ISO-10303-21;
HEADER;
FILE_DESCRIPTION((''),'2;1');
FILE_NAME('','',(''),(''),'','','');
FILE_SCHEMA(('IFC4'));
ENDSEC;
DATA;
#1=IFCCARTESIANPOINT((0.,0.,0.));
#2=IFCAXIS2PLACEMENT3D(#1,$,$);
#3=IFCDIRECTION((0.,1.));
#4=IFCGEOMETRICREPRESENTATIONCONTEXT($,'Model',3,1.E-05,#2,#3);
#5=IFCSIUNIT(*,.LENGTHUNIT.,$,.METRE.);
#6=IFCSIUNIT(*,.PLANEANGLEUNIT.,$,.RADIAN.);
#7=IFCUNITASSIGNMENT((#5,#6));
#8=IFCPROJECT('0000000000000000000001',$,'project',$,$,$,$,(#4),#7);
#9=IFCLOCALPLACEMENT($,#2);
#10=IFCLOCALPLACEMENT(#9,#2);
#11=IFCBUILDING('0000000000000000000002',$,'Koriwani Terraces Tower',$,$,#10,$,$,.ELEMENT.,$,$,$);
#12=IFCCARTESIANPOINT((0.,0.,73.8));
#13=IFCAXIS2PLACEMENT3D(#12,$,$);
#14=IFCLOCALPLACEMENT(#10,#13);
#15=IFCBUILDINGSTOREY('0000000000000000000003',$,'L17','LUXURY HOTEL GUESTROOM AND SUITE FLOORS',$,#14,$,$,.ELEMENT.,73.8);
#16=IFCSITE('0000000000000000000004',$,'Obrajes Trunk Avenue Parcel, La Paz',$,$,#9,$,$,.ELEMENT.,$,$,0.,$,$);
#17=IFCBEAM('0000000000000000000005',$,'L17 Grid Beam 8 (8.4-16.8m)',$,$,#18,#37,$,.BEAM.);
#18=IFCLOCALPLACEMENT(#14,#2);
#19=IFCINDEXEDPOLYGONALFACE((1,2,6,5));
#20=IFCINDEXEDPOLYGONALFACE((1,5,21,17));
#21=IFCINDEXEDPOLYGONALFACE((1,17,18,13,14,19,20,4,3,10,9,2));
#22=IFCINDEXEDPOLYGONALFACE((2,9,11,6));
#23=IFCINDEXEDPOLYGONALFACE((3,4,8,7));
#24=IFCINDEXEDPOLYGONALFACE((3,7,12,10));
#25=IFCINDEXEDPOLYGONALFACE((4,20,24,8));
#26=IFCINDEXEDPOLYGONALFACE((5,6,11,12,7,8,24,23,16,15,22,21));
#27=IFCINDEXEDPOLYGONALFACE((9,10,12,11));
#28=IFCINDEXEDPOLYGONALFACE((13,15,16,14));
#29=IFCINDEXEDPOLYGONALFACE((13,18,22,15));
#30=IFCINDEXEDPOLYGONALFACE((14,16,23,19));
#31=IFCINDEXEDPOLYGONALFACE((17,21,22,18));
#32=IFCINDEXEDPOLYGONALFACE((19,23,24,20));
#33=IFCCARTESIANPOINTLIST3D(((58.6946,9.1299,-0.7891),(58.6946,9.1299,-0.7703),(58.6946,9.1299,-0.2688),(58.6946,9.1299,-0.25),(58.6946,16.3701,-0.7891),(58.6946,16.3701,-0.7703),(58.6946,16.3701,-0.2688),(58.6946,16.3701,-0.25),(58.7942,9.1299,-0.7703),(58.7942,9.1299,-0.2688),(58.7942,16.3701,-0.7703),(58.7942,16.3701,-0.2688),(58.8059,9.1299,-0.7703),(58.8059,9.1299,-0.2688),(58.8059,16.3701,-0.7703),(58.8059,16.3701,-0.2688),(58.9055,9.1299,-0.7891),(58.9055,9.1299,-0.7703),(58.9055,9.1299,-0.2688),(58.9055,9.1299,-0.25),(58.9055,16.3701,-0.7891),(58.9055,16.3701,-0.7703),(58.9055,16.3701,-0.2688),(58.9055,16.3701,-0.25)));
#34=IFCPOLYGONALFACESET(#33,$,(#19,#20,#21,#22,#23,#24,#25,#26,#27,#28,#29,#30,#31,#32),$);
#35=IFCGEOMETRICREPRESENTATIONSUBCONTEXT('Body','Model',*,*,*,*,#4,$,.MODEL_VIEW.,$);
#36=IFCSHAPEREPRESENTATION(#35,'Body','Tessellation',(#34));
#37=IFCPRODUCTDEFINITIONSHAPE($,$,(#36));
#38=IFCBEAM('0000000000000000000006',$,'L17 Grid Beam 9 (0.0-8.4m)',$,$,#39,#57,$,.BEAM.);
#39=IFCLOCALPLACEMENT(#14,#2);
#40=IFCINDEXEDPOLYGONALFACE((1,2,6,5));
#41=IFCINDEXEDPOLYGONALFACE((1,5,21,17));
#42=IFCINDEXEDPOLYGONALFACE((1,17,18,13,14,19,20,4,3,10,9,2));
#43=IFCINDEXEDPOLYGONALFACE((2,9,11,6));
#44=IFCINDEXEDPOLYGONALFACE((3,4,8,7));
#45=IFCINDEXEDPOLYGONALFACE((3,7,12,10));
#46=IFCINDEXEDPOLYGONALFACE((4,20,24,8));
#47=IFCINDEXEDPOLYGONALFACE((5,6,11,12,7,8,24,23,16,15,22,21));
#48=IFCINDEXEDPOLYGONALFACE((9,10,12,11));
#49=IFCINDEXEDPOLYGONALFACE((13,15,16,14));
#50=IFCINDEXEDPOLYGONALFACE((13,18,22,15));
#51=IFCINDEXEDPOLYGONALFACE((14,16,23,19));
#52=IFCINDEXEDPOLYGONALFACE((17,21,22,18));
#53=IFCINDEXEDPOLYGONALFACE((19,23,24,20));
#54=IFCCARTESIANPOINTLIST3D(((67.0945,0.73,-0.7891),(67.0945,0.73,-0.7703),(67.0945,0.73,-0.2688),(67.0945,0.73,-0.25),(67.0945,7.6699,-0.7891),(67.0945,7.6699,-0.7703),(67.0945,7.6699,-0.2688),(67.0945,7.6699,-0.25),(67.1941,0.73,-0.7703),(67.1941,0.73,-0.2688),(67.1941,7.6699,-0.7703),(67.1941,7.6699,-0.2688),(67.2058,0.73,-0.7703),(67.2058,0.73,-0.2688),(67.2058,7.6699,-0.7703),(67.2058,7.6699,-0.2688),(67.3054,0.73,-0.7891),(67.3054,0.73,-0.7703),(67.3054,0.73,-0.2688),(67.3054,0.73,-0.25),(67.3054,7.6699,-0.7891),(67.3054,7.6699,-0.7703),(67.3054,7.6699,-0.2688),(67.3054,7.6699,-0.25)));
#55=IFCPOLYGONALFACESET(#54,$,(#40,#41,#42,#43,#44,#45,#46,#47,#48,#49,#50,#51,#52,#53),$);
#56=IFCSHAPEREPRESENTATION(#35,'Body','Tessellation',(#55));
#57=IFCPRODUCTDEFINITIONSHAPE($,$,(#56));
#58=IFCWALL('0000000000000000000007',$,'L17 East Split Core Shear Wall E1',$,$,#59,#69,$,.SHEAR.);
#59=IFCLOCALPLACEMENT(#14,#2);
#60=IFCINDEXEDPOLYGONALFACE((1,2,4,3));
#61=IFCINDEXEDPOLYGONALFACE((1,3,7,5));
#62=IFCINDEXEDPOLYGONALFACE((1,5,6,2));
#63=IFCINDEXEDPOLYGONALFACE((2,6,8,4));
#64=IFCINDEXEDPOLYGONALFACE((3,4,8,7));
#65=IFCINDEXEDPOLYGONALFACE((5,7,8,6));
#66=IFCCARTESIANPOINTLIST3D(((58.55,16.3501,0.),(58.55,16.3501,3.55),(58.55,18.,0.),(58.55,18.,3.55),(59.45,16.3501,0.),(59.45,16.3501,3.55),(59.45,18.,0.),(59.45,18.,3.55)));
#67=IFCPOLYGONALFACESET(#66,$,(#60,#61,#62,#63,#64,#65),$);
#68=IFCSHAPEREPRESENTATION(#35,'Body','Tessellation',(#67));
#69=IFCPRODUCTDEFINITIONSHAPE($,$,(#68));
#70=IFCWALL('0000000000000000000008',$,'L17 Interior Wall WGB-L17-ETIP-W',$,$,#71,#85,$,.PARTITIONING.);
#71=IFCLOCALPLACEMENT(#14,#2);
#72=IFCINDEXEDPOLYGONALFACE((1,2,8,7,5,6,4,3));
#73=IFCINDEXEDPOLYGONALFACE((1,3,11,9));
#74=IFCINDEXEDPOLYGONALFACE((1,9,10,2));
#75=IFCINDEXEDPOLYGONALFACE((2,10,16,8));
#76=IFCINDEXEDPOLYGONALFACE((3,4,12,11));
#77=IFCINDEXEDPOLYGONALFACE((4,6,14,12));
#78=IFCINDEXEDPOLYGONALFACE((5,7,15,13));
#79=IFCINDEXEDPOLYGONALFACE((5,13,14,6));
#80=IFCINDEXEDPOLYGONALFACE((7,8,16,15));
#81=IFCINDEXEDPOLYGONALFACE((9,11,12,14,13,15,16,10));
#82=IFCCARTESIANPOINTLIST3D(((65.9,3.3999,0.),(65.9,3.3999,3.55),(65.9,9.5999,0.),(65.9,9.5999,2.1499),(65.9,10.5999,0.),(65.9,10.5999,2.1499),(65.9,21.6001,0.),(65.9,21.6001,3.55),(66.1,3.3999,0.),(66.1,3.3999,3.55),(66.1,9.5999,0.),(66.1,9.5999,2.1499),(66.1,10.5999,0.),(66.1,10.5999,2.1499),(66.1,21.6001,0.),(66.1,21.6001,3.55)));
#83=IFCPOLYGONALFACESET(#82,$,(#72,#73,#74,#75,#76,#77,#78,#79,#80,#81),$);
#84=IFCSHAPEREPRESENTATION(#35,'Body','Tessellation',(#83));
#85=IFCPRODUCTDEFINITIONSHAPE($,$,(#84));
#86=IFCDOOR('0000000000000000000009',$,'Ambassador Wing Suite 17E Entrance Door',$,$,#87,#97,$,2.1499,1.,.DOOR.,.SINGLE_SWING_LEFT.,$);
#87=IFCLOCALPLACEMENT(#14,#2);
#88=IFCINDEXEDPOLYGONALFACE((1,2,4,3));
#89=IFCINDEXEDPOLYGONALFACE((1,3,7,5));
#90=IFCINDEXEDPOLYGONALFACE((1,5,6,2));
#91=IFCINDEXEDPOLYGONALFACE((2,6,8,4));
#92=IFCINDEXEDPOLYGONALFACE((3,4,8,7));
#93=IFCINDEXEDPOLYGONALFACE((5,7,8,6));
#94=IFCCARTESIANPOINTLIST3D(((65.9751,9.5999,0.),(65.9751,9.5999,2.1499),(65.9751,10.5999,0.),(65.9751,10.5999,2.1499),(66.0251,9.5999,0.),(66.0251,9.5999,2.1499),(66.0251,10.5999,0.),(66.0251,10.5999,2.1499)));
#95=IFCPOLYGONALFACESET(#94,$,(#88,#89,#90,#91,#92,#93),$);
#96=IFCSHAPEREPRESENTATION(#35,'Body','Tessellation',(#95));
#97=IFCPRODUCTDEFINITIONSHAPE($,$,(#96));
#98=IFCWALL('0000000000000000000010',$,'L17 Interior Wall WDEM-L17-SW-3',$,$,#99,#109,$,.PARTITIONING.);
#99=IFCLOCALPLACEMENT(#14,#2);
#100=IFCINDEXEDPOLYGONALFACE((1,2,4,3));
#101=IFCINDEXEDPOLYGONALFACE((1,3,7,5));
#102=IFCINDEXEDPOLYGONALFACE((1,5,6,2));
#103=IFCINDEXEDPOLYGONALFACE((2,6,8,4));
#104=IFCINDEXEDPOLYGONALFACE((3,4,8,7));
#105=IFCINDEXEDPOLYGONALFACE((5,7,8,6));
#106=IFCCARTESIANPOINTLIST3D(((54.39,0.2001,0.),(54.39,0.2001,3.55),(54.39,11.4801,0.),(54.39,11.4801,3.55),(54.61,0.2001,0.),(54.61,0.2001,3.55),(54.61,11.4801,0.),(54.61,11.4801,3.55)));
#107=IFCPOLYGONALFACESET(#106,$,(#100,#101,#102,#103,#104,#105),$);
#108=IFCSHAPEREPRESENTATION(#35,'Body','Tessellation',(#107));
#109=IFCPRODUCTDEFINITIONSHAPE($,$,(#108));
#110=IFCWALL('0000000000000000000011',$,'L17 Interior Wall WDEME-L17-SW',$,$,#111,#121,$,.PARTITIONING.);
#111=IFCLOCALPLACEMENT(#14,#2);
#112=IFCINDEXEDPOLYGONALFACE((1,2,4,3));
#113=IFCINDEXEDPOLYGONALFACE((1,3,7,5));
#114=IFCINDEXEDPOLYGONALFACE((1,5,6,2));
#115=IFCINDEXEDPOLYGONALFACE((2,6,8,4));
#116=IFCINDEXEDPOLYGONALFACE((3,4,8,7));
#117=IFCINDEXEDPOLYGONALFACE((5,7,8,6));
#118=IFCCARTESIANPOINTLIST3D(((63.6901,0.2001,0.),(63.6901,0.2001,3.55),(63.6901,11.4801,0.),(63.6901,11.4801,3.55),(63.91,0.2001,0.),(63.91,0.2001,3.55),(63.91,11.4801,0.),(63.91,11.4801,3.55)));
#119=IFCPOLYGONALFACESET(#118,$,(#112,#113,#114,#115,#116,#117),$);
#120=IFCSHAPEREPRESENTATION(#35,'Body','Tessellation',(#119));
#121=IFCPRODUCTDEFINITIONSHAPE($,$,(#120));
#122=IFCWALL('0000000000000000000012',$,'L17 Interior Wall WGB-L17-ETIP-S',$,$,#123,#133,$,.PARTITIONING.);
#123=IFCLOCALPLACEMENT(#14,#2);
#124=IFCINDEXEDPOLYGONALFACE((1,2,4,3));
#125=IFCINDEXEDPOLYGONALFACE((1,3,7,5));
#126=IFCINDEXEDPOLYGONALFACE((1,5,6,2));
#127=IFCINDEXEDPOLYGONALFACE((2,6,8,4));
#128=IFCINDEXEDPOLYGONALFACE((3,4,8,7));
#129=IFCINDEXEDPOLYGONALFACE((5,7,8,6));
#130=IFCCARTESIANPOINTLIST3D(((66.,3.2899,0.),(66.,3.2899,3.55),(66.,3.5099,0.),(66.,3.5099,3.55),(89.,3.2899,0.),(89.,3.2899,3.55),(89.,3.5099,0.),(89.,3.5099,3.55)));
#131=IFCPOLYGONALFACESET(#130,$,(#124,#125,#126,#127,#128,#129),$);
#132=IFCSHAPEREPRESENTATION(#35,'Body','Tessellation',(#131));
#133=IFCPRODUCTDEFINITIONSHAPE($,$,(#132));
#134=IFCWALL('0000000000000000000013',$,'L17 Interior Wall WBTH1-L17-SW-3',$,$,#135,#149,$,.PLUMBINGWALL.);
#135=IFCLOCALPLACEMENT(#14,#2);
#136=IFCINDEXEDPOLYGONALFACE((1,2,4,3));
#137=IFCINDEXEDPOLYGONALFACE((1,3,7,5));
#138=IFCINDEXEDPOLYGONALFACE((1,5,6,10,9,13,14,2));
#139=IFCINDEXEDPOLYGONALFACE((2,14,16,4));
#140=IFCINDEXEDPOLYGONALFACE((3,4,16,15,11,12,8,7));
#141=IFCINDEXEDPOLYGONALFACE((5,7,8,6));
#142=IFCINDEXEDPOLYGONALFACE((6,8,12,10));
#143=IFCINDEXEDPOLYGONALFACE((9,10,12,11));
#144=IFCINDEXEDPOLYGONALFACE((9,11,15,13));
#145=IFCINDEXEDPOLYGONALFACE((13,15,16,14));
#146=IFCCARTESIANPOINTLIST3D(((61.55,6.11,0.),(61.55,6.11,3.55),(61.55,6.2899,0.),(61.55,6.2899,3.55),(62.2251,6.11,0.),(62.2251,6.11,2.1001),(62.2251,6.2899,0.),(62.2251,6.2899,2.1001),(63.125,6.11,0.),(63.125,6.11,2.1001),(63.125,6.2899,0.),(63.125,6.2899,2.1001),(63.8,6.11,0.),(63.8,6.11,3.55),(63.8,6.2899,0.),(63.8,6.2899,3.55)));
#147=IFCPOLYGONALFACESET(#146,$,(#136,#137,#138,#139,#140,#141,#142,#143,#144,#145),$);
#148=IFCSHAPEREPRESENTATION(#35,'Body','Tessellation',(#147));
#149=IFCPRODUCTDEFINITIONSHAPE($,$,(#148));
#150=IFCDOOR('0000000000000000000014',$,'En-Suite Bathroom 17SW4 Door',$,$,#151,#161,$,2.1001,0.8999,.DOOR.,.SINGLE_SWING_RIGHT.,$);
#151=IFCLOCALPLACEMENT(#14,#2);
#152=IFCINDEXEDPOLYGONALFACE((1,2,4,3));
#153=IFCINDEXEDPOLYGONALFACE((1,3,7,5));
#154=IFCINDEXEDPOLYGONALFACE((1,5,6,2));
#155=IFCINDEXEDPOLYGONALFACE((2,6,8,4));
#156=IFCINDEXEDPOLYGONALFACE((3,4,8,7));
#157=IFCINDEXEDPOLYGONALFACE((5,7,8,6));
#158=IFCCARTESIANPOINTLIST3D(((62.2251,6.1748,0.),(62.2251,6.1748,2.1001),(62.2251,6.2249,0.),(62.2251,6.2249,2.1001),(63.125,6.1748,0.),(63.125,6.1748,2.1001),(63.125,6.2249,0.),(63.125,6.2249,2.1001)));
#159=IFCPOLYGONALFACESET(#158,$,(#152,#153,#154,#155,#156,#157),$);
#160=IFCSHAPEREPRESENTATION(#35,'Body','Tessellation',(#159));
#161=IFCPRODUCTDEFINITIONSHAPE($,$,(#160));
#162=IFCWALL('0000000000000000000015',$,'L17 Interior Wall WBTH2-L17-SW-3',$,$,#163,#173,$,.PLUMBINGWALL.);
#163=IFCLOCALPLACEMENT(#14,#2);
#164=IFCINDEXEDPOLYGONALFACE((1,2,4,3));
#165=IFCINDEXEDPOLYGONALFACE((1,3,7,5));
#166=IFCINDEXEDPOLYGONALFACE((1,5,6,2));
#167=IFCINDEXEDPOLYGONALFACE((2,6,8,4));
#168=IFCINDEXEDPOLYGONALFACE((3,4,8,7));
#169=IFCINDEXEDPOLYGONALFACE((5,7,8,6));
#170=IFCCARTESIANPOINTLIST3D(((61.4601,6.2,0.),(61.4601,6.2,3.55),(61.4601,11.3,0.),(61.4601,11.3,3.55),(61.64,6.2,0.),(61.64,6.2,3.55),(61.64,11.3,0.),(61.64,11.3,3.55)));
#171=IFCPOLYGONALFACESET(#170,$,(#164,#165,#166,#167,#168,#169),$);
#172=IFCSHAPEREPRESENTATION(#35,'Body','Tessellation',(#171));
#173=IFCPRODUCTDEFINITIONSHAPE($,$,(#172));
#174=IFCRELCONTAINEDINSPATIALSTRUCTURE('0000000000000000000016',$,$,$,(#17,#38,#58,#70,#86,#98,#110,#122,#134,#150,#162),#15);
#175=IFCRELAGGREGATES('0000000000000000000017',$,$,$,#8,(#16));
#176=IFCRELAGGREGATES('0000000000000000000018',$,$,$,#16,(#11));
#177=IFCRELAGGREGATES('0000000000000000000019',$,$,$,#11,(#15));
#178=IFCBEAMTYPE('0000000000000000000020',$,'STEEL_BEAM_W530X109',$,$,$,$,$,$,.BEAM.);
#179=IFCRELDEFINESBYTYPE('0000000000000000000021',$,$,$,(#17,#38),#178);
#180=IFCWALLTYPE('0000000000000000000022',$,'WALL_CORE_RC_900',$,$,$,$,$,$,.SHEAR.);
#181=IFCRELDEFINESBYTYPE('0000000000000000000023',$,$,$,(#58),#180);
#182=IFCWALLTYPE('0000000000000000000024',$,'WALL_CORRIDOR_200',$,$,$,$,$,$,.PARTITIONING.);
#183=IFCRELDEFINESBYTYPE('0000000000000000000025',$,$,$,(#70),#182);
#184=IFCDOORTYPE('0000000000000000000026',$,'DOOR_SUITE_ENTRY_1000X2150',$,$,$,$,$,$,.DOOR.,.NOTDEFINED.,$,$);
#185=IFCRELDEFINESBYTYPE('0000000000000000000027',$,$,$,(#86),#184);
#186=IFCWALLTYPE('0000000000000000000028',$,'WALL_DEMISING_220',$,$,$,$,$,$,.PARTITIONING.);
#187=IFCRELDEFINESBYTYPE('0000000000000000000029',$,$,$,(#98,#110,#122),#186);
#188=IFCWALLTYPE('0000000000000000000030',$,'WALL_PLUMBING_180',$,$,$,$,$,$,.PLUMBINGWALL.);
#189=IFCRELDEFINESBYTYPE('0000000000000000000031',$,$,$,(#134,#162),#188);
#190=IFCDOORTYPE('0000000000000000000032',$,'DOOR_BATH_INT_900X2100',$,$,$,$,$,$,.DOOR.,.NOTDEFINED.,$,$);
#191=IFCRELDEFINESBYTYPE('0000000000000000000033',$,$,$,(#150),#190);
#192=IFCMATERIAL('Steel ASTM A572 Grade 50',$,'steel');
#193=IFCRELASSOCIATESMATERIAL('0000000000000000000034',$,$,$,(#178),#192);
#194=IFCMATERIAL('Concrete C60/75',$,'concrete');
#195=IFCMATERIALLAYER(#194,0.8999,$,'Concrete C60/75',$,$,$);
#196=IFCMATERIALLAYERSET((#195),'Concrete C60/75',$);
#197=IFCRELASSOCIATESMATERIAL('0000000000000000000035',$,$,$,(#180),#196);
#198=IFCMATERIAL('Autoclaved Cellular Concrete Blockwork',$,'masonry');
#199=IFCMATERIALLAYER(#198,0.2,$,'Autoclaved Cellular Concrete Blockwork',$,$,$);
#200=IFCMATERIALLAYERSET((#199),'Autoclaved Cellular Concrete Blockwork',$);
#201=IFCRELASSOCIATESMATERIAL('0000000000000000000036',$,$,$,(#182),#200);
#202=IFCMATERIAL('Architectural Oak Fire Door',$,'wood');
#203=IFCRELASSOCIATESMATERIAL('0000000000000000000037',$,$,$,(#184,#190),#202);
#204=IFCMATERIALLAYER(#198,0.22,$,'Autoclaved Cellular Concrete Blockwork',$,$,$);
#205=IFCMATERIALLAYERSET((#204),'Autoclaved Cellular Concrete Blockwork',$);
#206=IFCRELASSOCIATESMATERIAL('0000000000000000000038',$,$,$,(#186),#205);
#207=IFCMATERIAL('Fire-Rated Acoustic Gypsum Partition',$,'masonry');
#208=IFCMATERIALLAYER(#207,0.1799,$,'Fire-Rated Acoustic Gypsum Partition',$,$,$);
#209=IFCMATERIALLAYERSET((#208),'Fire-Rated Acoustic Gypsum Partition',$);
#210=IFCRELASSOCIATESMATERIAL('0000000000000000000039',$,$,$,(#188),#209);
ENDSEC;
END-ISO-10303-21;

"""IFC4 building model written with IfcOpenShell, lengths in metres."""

from ifc_helpers import new_model, si_unit, direction, frame, frame_2d, origin, origin_2d, place, context, subcontext, project, spatial, rectangle, i_section, extrude, material, layer, layer_set, material_profile, profile_set, type_object, element, fill, save


model = new_model("IFC4")

# Units and contexts
model_context = context("Model", 3, precision=1e-05, world=origin(), true_north=direction((0.0, 1.0)))
body_context = subcontext(model_context, "Body", "Model", "MODEL_VIEW")
ifc_project = project(units=[si_unit("LENGTHUNIT", "METRE"), si_unit("PLANEANGLEUNIT", "RADIAN")], contexts=[model_context])

# Site, building, storey
site_placement = place(None, origin())
site = spatial("IfcSite", under=ifc_project, at=site_placement, Name="Obrajes Trunk Avenue Parcel, La Paz", CompositionType="ELEMENT", RefElevation=0.0)
building_placement = place(site_placement, origin())
building = spatial("IfcBuilding", under=site, at=building_placement, Name="Koriwani Terraces Tower", CompositionType="ELEMENT")
storey_placement = place(building_placement, frame((0.0, 0.0, 73.8)))
storey = spatial("IfcBuildingStorey", under=building, at=storey_placement, Name="L17", Description="LUXURY HOTEL GUESTROOM AND SUITE FLOORS", CompositionType="ELEMENT", Elevation=73.8)

# Shared definitions
ifc_material_1 = material(Name="Concrete C60/75", Category="concrete")

# Beams
ifc_material_2 = material(Name="Steel ASTM A572 Grade 50", Category="steel")
ifc_material_profile_1 = material_profile(ifc_material_2, i_section(OverallWidth=0.2109, OverallDepth=0.5391, WebThickness=0.0117, FlangeThickness=0.0188, at=origin_2d()), Name="Steel ASTM A572 Grade 50", Category="LoadBearing")
ifc_profile_set_1 = profile_set([ifc_material_profile_1], Name="Steel ASTM A572 Grade 50")
beam_type_1 = type_object("IfcBeamType", Name="STEEL_BEAM_W530X109", PredefinedType="BEAM", material=ifc_profile_set_1)
beam_1_placement = place(storey_placement, frame((58.8, 9.1299, -0.5195), z_axis=(0.0, 1.0, 0.0), x_axis=(-1.0, 0.0, 0.0)))
element("IfcBeam", 1, at=beam_1_placement, inside=storey, type_object=beam_type_1, Name="L17 Grid Beam 8 (8.4-16.8m)", PredefinedType="BEAM", context=body_context, shape_type="SweptSolid", body=[
    extrude(i_section(OverallWidth=0.2109, OverallDepth=0.5391, WebThickness=0.0117, FlangeThickness=0.0188, at=origin_2d()), origin(), (0.0, 0.0, 1.0), 7.2402),
])
beam_2_placement = place(storey_placement, frame((67.2, 0.73, -0.5195), z_axis=(0.0, 1.0, 0.0), x_axis=(-1.0, 0.0, 0.0)))
element("IfcBeam", 2, at=beam_2_placement, inside=storey, type_object=beam_type_1, Name="L17 Grid Beam 9 (0.0-8.4m)", PredefinedType="BEAM", context=body_context, shape_type="SweptSolid", body=[
    extrude(i_section(OverallWidth=0.2109, OverallDepth=0.5391, WebThickness=0.0117, FlangeThickness=0.0188, at=origin_2d()), origin(), (0.0, 0.0, 1.0), 6.9399),
])

# Wall
ifc_layer_1 = layer(ifc_material_1, 0.8999, Name="Concrete C60/75")
ifc_layer_set_1 = layer_set([ifc_layer_1], Name="Concrete C60/75")
wall_type_1 = type_object("IfcWallType", Name="WALL_CORE_RC_900", PredefinedType="SHEAR", material=ifc_layer_set_1)
wall_1_placement = place(storey_placement, frame((59.0, 16.3501, 0.0), z_axis=(0.0, 0.0, 1.0), x_axis=(0.0, 1.0, 0.0)))
element("IfcWall", 3, at=wall_1_placement, inside=storey, type_object=wall_type_1, Name="L17 East Split Core Shear Wall E1", PredefinedType="SHEAR", context=body_context, shape_type="SweptSolid", body=[
    extrude(rectangle(XDim=1.6499, YDim=0.8999, at=frame_2d((0.825, 0.0))), origin(), (0.0, 0.0, 1.0), 3.55),
])

# Wall, opening, door
ifc_material_3 = material(Name="Autoclaved Cellular Concrete Blockwork", Category="masonry")
ifc_layer_2 = layer(ifc_material_3, 0.2, Name="Autoclaved Cellular Concrete Blockwork")
ifc_layer_set_2 = layer_set([ifc_layer_2], Name="Autoclaved Cellular Concrete Blockwork")
wall_type_2 = type_object("IfcWallType", Name="WALL_CORRIDOR_200", PredefinedType="PARTITIONING", material=ifc_layer_set_2)
wall_2_placement = place(storey_placement, frame((66.0, 3.3999, 0.0), z_axis=(0.0, 0.0, 1.0), x_axis=(0.0, 1.0, 0.0)))
wall_2 = element("IfcWall", 4, at=wall_2_placement, inside=storey, type_object=wall_type_2, Name="L17 Interior Wall WGB-L17-ETIP-W", PredefinedType="PARTITIONING", context=body_context, shape_type="SweptSolid", body=[
    extrude(rectangle(XDim=18.2002, YDim=0.2, at=frame_2d((9.1001, 0.0))), origin(), (0.0, 0.0, 1.0), 3.55),
])
opening_1_placement = place(wall_2_placement, frame((6.2, 0.0, 0.0)))
opening_1 = element("IfcOpeningElement", 5, at=opening_1_placement, cuts=wall_2, PredefinedType="OPENING", context=body_context, shape_type="SweptSolid", body=[
    extrude(rectangle(XDim=1.0, YDim=2.1499, at=frame_2d((0.5, 1.075))), frame((0.0, 0.1099, 0.0), z_axis=(0.0, -1.0, 0.0), x_axis=(1.0, 0.0, 0.0)), (0.0, 0.0, 1.0), 0.22),
])
ifc_material_4 = material(Name="Architectural Oak Fire Door", Category="wood")
door_type_1 = type_object("IfcDoorType", Name="DOOR_SUITE_ENTRY_1000X2150", OperationType="NOTDEFINED", PredefinedType="DOOR", material=ifc_material_4)
door_1_placement = place(opening_1_placement, origin())
door_1 = element("IfcDoor", 6, at=door_1_placement, inside=storey, type_object=door_type_1, Name="Ambassador Wing Suite 17E Entrance Door", OperationType="SINGLE_SWING_LEFT", OverallHeight=2.1499, OverallWidth=1.0, PredefinedType="DOOR", context=body_context, shape_type="SweptSolid", body=[
    extrude(rectangle(XDim=1.0, YDim=2.1499, at=frame_2d((0.5, 1.075))), frame((0.0, 0.0249, 0.0), z_axis=(0.0, -1.0, 0.0), x_axis=(1.0, 0.0, 0.0)), (0.0, 0.0, 1.0), 0.05),
])
fill(opening_1, door_1)

# Walls
ifc_layer_3 = layer(ifc_material_3, 0.22, Name="Autoclaved Cellular Concrete Blockwork")
ifc_layer_set_3 = layer_set([ifc_layer_3], Name="Autoclaved Cellular Concrete Blockwork")
wall_type_3 = type_object("IfcWallType", Name="WALL_DEMISING_220", PredefinedType="PARTITIONING", material=ifc_layer_set_3)
for number, where, z_axis, x_axis, name in (
    (7, (54.5, 0.2, 0.0), (0.0, 0.0, 1.0), (0.0, 1.0, 0.0), "L17 Interior Wall WDEM-L17-SW-3"),
    (8, (63.8, 0.2, 0.0), (0.0, 0.0, 1.0), (0.0, 1.0, 0.0), "L17 Interior Wall WDEME-L17-SW"),
):
    element("IfcWall", number, at=place(storey_placement, frame(where, z_axis=z_axis, x_axis=x_axis)), inside=storey, type_object=wall_type_3, Name=name, PredefinedType="PARTITIONING", context=body_context, shape_type="SweptSolid", body=[
        extrude(rectangle(XDim=11.28, YDim=0.22, at=frame_2d((5.6401, 0.0))), origin(), (0.0, 0.0, 1.0), 3.55),
    ])
wall_3_placement = place(storey_placement, frame((66.0, 3.3999, 0.0), z_axis=(0.0, 0.0, 1.0), x_axis=(1.0, 0.0, 0.0)))
element("IfcWall", 9, at=wall_3_placement, inside=storey, type_object=wall_type_3, Name="L17 Interior Wall WGB-L17-ETIP-S", PredefinedType="PARTITIONING", context=body_context, shape_type="SweptSolid", body=[
    extrude(rectangle(XDim=23.0, YDim=0.22, at=frame_2d((11.5, 0.0))), origin(), (0.0, 0.0, 1.0), 3.55),
])

# Wall, opening, door
ifc_material_5 = material(Name="Fire-Rated Acoustic Gypsum Partition", Category="masonry")
ifc_layer_4 = layer(ifc_material_5, 0.1799, Name="Fire-Rated Acoustic Gypsum Partition")
ifc_layer_set_4 = layer_set([ifc_layer_4], Name="Fire-Rated Acoustic Gypsum Partition")
wall_type_4 = type_object("IfcWallType", Name="WALL_PLUMBING_180", PredefinedType="PLUMBINGWALL", material=ifc_layer_set_4)
wall_4_placement = place(storey_placement, frame((61.55, 6.2, 0.0), z_axis=(0.0, 0.0, 1.0), x_axis=(1.0, 0.0, 0.0)))
wall_4 = element("IfcWall", 10, at=wall_4_placement, inside=storey, type_object=wall_type_4, Name="L17 Interior Wall WBTH1-L17-SW-3", PredefinedType="PLUMBINGWALL", context=body_context, shape_type="SweptSolid", body=[
    extrude(rectangle(XDim=2.25, YDim=0.1799, at=frame_2d((1.125, 0.0))), origin(), (0.0, 0.0, 1.0), 3.55),
])
opening_2_placement = place(wall_4_placement, frame((0.675, 0.0, 0.0)))
opening_2 = element("IfcOpeningElement", 11, at=opening_2_placement, cuts=wall_4, PredefinedType="OPENING", context=body_context, shape_type="SweptSolid", body=[
    extrude(rectangle(XDim=0.8999, YDim=2.1001, at=frame_2d((0.45, 1.05))), frame((0.0, 0.1001, 0.0), z_axis=(0.0, -1.0, 0.0), x_axis=(1.0, 0.0, 0.0)), (0.0, 0.0, 1.0), 0.2),
])
door_type_2 = type_object("IfcDoorType", Name="DOOR_BATH_INT_900X2100", OperationType="NOTDEFINED", PredefinedType="DOOR", material=ifc_material_4)
door_2_placement = place(opening_2_placement, origin())
door_2 = element("IfcDoor", 12, at=door_2_placement, inside=storey, type_object=door_type_2, Name="En-Suite Bathroom 17SW4 Door", OperationType="SINGLE_SWING_RIGHT", OverallHeight=2.1001, OverallWidth=0.8999, PredefinedType="DOOR", context=body_context, shape_type="SweptSolid", body=[
    extrude(rectangle(XDim=0.8999, YDim=2.1001, at=frame_2d((0.45, 1.05))), frame((0.0, 0.0249, 0.0), z_axis=(0.0, -1.0, 0.0), x_axis=(1.0, 0.0, 0.0)), (0.0, 0.0, 1.0), 0.05),
])
fill(opening_2, door_2)

# Wall
wall_5_placement = place(storey_placement, frame((61.55, 6.2, 0.0), z_axis=(0.0, 0.0, 1.0), x_axis=(0.0, 1.0, 0.0)))
element("IfcWall", 13, at=wall_5_placement, inside=storey, type_object=wall_type_4, Name="L17 Interior Wall WBTH2-L17-SW-3", PredefinedType="PLUMBINGWALL", context=body_context, shape_type="SweptSolid", body=[
    extrude(rectangle(XDim=5.1001, YDim=0.1799, at=frame_2d((2.55, 0.0))), origin(), (0.0, 0.0, 1.0), 3.55),
])

save(model, "model.ifc")
